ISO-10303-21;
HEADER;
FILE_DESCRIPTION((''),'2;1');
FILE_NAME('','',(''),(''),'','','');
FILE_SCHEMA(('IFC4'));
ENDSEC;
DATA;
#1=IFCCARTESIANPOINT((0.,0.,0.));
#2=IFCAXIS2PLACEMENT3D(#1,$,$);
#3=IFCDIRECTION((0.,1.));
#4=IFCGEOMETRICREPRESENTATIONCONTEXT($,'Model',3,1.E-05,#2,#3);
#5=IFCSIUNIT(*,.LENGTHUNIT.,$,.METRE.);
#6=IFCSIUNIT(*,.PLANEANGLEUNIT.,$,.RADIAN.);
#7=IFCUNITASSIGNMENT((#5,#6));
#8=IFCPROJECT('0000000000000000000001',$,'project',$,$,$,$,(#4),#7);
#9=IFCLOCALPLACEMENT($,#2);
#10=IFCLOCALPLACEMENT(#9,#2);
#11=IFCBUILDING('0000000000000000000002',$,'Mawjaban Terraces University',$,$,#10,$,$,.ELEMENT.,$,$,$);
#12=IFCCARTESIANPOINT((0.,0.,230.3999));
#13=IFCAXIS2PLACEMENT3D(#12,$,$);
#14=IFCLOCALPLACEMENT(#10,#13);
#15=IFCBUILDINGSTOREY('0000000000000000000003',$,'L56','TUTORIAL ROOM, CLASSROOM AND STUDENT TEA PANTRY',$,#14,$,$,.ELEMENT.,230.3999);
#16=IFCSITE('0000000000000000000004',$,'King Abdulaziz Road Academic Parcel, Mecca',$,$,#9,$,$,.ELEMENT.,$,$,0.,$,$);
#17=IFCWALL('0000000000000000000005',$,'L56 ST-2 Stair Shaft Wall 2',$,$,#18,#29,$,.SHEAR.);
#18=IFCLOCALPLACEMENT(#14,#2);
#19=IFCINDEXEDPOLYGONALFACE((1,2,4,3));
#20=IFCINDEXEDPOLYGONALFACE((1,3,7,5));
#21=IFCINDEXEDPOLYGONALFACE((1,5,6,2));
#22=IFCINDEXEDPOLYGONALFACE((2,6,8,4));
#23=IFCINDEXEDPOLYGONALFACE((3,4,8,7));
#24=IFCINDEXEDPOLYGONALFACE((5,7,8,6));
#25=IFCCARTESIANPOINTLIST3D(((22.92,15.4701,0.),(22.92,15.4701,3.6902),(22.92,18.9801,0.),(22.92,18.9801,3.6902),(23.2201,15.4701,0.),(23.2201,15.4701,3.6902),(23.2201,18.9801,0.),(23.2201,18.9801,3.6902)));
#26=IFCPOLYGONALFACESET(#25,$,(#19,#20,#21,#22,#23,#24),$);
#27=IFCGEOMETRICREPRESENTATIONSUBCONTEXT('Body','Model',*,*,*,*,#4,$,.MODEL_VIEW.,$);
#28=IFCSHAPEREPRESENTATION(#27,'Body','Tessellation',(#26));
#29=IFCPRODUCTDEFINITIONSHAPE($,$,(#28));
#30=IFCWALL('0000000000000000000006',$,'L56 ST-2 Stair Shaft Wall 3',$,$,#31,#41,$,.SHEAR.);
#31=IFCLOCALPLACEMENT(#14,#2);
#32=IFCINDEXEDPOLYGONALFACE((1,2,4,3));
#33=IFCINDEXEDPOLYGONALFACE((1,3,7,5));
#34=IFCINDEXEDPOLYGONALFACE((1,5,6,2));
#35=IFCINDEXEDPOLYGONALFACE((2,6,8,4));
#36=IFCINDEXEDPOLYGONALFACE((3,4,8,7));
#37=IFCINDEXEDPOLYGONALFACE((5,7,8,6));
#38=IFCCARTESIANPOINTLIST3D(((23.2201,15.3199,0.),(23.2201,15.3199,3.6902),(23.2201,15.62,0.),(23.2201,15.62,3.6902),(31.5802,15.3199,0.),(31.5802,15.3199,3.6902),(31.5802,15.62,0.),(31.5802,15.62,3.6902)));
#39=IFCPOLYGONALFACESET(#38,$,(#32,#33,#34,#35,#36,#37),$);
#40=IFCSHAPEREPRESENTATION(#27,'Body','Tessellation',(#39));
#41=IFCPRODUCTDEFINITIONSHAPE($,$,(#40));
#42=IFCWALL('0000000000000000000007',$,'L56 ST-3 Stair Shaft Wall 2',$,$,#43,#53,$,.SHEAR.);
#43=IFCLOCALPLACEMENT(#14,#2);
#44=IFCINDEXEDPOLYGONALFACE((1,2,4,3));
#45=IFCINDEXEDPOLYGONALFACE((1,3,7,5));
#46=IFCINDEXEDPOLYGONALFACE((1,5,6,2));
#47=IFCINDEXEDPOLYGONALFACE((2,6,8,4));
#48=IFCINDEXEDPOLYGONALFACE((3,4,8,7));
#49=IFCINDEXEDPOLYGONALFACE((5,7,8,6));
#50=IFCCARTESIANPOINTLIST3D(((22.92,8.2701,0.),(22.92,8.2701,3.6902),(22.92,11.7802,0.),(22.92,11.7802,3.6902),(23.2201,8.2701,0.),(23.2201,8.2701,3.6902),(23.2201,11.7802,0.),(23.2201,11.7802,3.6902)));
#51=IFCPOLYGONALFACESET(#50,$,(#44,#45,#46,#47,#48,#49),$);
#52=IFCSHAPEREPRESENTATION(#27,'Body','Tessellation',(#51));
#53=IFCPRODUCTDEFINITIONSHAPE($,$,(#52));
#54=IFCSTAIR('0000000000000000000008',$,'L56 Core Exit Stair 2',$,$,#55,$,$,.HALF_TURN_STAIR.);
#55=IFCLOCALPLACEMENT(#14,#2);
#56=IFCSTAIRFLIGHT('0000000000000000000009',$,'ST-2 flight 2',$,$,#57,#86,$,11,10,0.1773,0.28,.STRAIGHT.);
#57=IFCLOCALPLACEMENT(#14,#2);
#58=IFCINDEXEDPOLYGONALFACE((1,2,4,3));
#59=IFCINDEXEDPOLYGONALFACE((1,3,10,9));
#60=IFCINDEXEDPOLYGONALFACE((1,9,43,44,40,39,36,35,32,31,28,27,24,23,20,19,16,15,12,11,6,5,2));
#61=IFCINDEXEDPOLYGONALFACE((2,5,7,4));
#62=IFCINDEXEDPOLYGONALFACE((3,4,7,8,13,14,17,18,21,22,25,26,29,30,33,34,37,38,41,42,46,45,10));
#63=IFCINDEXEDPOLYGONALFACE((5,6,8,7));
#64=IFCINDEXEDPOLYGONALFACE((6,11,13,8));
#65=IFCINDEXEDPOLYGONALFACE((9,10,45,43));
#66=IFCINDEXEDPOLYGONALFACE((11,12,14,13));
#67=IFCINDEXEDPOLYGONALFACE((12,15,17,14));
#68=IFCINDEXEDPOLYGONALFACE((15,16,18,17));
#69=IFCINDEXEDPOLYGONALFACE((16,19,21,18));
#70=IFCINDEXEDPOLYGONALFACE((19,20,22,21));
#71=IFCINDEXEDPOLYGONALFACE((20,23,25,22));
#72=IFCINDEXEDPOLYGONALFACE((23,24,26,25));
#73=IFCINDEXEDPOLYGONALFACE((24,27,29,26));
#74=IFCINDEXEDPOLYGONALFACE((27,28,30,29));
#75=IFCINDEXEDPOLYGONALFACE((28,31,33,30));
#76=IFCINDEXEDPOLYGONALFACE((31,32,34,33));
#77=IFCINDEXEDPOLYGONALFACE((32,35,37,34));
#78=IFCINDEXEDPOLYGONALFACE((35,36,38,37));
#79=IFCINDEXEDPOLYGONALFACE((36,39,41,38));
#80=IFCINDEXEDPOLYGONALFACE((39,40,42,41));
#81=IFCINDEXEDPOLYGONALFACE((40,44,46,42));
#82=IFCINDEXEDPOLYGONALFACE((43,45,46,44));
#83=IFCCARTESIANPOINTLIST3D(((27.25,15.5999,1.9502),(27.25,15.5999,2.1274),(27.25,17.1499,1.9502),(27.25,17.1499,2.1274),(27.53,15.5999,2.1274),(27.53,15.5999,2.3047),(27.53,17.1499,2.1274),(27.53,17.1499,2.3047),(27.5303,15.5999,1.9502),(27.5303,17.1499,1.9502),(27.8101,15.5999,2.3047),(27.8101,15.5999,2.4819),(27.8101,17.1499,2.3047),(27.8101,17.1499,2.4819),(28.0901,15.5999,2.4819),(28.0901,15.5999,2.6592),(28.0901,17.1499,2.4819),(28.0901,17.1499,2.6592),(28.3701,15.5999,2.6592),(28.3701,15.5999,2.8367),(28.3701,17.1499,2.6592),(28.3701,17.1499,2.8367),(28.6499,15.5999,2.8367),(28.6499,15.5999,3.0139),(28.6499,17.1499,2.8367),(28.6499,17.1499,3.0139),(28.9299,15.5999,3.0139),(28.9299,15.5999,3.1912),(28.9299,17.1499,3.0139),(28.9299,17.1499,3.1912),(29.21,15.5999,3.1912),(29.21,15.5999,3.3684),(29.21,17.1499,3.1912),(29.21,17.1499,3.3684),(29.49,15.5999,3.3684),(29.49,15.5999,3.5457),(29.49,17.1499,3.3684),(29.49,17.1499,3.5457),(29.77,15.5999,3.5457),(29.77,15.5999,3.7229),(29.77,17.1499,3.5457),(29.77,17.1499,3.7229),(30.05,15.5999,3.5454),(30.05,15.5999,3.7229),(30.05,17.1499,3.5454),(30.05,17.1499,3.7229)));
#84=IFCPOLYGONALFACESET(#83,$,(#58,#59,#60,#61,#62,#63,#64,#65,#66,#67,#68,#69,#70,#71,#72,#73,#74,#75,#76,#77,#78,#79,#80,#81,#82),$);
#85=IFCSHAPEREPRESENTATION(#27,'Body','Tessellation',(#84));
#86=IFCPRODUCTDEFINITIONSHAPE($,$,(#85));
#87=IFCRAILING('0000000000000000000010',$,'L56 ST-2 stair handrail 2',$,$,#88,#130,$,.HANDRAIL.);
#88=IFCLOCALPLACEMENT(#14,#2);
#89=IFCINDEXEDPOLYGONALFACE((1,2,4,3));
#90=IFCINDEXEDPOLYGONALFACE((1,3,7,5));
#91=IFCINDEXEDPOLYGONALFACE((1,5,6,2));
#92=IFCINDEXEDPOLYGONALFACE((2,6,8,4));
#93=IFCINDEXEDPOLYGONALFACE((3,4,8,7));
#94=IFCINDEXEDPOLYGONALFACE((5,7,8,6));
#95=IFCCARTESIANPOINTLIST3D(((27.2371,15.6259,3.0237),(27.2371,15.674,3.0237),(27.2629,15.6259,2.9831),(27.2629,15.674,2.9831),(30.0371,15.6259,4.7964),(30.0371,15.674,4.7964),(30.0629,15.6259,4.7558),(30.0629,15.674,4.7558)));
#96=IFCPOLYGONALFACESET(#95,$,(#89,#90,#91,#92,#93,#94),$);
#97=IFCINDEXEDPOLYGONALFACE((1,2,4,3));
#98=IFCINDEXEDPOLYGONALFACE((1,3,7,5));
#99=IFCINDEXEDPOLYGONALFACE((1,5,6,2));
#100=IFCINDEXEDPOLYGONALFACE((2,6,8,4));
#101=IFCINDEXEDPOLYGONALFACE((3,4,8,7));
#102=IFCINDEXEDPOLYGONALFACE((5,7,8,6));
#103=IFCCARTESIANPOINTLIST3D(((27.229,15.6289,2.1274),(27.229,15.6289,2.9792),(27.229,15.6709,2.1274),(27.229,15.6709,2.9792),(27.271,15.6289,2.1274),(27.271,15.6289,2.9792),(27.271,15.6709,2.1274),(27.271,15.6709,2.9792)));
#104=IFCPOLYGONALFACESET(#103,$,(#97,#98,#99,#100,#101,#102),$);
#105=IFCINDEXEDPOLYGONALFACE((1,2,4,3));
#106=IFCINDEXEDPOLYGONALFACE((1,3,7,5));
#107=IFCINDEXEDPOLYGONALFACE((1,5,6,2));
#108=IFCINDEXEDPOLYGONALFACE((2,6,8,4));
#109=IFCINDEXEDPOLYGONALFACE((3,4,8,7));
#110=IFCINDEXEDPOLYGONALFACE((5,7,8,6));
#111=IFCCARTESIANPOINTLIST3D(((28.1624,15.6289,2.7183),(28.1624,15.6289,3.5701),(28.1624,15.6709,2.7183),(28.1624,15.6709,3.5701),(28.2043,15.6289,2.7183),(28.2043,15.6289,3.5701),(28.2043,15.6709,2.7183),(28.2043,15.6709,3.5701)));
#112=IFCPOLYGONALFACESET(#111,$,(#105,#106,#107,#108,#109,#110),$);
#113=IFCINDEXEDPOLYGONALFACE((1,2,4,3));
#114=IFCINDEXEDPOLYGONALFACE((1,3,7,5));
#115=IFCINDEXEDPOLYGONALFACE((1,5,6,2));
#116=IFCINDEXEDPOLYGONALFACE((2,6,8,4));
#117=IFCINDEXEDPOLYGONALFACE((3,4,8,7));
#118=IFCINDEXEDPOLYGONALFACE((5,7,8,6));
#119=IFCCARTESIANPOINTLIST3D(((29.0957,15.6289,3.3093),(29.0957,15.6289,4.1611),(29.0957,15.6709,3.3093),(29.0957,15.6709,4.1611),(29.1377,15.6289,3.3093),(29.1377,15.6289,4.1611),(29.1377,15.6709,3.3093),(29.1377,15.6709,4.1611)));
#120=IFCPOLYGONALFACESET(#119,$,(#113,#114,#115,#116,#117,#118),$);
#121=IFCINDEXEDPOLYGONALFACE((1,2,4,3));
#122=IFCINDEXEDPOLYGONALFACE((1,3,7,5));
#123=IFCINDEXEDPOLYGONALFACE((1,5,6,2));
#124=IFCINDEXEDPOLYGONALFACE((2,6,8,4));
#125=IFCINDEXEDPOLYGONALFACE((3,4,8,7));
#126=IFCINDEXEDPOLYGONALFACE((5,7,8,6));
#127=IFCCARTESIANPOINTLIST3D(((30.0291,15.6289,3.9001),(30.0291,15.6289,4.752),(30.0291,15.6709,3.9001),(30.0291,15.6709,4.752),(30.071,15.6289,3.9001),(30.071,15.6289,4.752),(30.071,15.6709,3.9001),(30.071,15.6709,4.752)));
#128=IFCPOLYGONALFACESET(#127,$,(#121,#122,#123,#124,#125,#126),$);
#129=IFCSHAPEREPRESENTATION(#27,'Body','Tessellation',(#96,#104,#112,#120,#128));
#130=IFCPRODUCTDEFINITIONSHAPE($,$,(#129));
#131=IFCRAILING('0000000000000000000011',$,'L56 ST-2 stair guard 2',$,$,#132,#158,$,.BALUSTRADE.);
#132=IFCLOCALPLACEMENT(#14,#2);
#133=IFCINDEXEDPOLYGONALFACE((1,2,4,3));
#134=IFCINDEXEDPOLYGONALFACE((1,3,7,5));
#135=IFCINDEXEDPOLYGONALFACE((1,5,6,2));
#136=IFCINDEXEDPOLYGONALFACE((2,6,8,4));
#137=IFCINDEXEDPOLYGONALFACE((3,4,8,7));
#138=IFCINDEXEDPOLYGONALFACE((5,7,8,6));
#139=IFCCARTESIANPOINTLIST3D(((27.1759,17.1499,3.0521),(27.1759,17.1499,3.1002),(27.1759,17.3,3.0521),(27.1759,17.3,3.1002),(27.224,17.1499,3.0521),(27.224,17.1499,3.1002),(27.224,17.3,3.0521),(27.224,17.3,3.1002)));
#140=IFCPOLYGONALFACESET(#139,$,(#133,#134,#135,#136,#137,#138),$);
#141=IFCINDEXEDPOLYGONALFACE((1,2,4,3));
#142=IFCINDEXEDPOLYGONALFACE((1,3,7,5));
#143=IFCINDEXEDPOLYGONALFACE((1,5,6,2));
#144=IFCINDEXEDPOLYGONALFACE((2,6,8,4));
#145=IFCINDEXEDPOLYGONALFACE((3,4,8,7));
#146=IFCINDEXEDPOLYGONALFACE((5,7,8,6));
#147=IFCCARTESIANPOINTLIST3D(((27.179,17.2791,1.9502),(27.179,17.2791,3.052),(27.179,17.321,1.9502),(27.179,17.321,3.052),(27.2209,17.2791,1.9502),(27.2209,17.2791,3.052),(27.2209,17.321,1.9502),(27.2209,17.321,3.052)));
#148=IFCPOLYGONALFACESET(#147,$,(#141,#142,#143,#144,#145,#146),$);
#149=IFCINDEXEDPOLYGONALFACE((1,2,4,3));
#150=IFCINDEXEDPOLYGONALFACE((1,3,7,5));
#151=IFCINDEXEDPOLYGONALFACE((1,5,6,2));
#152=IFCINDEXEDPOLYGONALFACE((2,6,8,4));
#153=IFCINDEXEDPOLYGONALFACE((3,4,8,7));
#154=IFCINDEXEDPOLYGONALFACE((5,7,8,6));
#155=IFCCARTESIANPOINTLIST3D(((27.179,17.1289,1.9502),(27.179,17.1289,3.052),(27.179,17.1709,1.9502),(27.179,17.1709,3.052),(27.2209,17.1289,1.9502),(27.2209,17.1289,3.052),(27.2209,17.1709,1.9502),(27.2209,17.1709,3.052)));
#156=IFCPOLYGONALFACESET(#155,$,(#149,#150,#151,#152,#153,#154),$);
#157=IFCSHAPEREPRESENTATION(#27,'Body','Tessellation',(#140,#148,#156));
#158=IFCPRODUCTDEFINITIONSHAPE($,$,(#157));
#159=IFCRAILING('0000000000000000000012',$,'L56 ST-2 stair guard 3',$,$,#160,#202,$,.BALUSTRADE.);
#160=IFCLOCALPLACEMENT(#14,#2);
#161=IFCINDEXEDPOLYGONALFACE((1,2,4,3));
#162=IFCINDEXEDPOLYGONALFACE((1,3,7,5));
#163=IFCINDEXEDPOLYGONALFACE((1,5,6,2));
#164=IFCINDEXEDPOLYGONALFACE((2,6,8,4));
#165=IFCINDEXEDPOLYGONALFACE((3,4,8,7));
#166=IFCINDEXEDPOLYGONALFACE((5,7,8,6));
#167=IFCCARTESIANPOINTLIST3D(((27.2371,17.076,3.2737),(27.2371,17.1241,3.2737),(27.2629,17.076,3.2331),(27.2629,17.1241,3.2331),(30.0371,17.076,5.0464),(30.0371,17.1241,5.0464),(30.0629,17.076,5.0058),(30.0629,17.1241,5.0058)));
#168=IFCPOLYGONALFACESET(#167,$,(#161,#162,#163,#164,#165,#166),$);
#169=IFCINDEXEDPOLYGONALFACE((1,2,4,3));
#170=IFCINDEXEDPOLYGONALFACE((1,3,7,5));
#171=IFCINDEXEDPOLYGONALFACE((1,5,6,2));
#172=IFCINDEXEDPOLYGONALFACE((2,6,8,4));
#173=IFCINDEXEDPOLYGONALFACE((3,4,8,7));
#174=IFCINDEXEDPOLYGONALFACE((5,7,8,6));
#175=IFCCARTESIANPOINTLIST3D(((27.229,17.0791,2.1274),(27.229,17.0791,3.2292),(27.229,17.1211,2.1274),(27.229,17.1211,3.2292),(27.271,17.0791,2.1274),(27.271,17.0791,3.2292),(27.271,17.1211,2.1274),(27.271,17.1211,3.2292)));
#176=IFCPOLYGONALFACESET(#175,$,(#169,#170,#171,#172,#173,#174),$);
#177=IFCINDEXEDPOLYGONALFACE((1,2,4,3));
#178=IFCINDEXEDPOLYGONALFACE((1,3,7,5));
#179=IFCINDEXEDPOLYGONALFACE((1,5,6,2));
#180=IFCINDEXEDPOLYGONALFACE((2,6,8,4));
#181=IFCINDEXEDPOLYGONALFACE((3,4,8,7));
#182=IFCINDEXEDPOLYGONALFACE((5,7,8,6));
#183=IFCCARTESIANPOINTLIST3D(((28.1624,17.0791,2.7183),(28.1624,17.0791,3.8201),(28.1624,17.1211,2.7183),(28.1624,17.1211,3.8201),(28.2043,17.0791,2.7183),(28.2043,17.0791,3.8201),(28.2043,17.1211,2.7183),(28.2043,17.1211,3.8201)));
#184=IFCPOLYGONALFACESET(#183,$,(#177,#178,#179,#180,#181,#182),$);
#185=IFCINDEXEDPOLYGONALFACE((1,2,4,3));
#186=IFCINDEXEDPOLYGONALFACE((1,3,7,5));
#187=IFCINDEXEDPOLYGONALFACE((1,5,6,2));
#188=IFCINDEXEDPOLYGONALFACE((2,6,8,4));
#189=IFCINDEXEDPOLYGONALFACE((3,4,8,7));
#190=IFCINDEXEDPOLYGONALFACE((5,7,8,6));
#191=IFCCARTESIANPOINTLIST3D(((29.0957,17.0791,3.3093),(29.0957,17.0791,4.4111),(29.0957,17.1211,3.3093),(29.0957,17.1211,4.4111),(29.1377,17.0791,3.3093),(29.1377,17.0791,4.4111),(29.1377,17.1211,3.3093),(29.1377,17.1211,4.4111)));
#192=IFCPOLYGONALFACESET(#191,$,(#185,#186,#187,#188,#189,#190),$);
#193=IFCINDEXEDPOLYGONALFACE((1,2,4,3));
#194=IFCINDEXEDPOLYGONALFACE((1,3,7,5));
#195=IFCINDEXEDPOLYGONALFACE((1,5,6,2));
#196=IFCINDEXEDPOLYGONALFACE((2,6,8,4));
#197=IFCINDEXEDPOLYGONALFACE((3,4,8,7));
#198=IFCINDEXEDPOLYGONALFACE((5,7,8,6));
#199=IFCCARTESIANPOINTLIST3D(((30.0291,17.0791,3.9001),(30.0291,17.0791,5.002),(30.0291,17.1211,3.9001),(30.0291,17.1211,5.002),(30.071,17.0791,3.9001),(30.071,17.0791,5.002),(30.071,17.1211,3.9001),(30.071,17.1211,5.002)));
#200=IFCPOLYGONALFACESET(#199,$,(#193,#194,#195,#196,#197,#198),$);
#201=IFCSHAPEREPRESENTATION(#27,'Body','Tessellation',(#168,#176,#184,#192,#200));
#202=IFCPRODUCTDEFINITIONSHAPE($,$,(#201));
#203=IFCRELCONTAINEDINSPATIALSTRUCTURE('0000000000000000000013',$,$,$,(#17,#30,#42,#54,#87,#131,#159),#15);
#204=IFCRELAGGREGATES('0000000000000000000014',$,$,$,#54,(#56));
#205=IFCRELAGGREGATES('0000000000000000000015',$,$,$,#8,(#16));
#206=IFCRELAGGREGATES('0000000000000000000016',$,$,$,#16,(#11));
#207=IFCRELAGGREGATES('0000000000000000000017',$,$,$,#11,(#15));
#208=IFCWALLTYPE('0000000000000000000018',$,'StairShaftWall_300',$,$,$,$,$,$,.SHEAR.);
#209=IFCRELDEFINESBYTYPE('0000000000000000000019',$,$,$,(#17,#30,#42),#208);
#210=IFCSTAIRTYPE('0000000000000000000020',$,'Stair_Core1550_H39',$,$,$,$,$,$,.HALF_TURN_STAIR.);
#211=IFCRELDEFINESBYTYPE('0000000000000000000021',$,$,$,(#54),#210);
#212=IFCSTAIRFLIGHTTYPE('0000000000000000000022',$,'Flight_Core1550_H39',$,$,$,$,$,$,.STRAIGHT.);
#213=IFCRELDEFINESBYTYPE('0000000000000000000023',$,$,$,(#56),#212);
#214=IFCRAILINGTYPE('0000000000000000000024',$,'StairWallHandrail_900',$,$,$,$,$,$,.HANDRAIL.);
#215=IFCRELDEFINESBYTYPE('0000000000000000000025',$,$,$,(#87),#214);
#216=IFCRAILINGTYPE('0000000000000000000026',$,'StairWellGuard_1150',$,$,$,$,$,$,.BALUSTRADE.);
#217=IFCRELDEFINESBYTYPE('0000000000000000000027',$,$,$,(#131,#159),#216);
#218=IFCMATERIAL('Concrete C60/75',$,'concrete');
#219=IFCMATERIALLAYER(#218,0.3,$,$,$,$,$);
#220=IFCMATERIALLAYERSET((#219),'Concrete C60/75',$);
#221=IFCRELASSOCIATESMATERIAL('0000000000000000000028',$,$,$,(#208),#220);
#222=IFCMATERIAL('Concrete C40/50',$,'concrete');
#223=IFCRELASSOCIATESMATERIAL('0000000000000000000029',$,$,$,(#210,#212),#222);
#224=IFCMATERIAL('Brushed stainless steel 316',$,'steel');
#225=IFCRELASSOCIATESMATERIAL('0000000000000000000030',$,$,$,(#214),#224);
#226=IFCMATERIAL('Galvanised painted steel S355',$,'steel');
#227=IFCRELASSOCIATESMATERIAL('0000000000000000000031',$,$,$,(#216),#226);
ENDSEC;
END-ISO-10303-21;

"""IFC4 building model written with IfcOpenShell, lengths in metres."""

from ifc_helpers import new_model, si_unit, direction, frame, frame_2d, origin, origin_2d, place, context, subcontext, project, spatial, polyline, rectangle, outline, extrude, material, layer, layer_set, type_object, element, aggregate, save


model = new_model("IFC4")

# Units and contexts
model_context = context("Model", 3, precision=1e-05, world=origin(), true_north=direction((0.0, 1.0)))
body_context = subcontext(model_context, "Body", "Model", "MODEL_VIEW")
ifc_project = project(units=[si_unit("LENGTHUNIT", "METRE"), si_unit("PLANEANGLEUNIT", "RADIAN")], contexts=[model_context])

# Site, building, storey
site_placement = place(None, origin())
site = spatial("IfcSite", under=ifc_project, at=site_placement, Name="King Abdulaziz Road Academic Parcel, Mecca", CompositionType="ELEMENT", RefElevation=0.0)
building_placement = place(site_placement, origin())
building = spatial("IfcBuilding", under=site, at=building_placement, Name="Mawjaban Terraces University", CompositionType="ELEMENT")
storey_placement = place(building_placement, frame((0.0, 0.0, 230.3999)))
storey = spatial("IfcBuildingStorey", under=building, at=storey_placement, Name="L56", Description="TUTORIAL ROOM, CLASSROOM AND STUDENT TEA PANTRY", CompositionType="ELEMENT", Elevation=230.3999)

# Shared definitions
ifc_material_1 = material(Name="Concrete C60/75", Category="concrete")

# Walls
ifc_material_2 = material(Name="Concrete C40/50", Category="concrete")
ifc_layer_1 = layer(ifc_material_1, 0.3)
ifc_layer_set_1 = layer_set([ifc_layer_1], Name="Concrete C60/75")
wall_type_1 = type_object("IfcWallType", Name="StairShaftWall_300", PredefinedType="SHEAR", material=ifc_layer_set_1)
wall_1_placement = place(storey_placement, frame((23.0701, 18.98, 0.0), z_axis=(0.0, 0.0, 1.0), x_axis=(0.0, -1.0, 0.0)))
element("IfcWall", 1, at=wall_1_placement, inside=storey, type_object=wall_type_1, Name="L56 ST-2 Stair Shaft Wall 2", PredefinedType="SHEAR", context=body_context, shape_type="SweptSolid", body=[
    extrude(rectangle(XDim=3.51, YDim=0.3, at=frame_2d((1.7549, 0.0))), origin(), (0.0, 0.0, 1.0), 3.6902),
])
wall_2_placement = place(storey_placement, frame((23.22, 15.47, 0.0), z_axis=(0.0, 0.0, 1.0), x_axis=(1.0, 0.0, 0.0)))
element("IfcWall", 2, at=wall_2_placement, inside=storey, type_object=wall_type_1, Name="L56 ST-2 Stair Shaft Wall 3", PredefinedType="SHEAR", context=body_context, shape_type="SweptSolid", body=[
    extrude(rectangle(XDim=8.3601, YDim=0.3, at=frame_2d((4.1802, 0.0))), origin(), (0.0, 0.0, 1.0), 3.6902),
])
wall_3_placement = place(storey_placement, frame((23.0701, 11.78, 0.0), z_axis=(0.0, 0.0, 1.0), x_axis=(0.0, -1.0, 0.0)))
element("IfcWall", 3, at=wall_3_placement, inside=storey, type_object=wall_type_1, Name="L56 ST-3 Stair Shaft Wall 2", PredefinedType="SHEAR", context=body_context, shape_type="SweptSolid", body=[
    extrude(rectangle(XDim=3.51, YDim=0.3, at=frame_2d((1.7549, 0.0))), origin(), (0.0, 0.0, 1.0), 3.6902),
])

# Stair, stair flight
stair_type = type_object("IfcStairType", Name="Stair_Core1550_H39", PredefinedType="HALF_TURN_STAIR", material=ifc_material_2)
stair_placement = place(storey_placement, origin())
stair = element("IfcStair", 4, at=stair_placement, inside=storey, type_object=stair_type, Name="L56 Core Exit Stair 2", PredefinedType="HALF_TURN_STAIR")
stair_flight_type = type_object("IfcStairFlightType", Name="Flight_Core1550_H39", PredefinedType="STRAIGHT", material=ifc_material_2)
stair_flight_placement = place(storey_placement, frame((27.25, 16.375, 1.9502), z_axis=(0.0, 0.0, 1.0), x_axis=(1.0, 0.0, 0.0)))
stair_flight = element("IfcStairFlight", 5, at=stair_flight_placement, type_object=stair_flight_type, Name="ST-2 flight 2", NumberOfRisers=11, NumberOfTreads=10, PredefinedType="STRAIGHT", RiserHeight=0.1773, TreadLength=0.28, context=body_context, shape_type="SweptSolid", body=[
    extrude(outline(polyline([(0.0, 0.0), (0.0, 0.1772), (0.28, 0.1772), (0.28, 0.3545), (0.5601, 0.3545), (0.5601, 0.5317), (0.8401, 0.5317), (0.8401, 0.709), (1.1201, 0.709), (1.1201, 0.8865), (1.3999, 0.8865), (1.3999, 1.0637), (1.6799, 1.0637), (1.6799, 1.241), (1.96, 1.241), (1.96, 1.4182), (2.24, 1.4182), (2.24, 1.5955), (2.52, 1.5955), (2.52, 1.7727), (2.8, 1.7727), (2.8, 1.95), (2.8, 1.5952), (0.2803, 0.0), (0.0, 0.0)])), frame((0.0, 0.7749, 0.0), z_axis=(0.0, -1.0, 0.0), x_axis=(1.0, 0.0, 0.0)), (0.0, 0.0, 1.0), 1.55),
])
aggregate(stair, [stair_flight])

# Railings
ifc_material_3 = material(Name="Brushed stainless steel 316", Category="steel")
railing_type_1 = type_object("IfcRailingType", Name="StairWallHandrail_900", PredefinedType="HANDRAIL", material=ifc_material_3)
railing_1_placement = place(storey_placement, frame((27.25, 15.6499, 2.1274)))
element("IfcRailing", 6, at=railing_1_placement, inside=storey, type_object=railing_type_1, Name="L56 ST-2 stair handrail 2", PredefinedType="HANDRAIL", context=body_context, shape_type="SweptSolid", body=[
    extrude(rectangle(XDim=0.0481, YDim=0.0481, at=origin_2d()), frame((0.0, 0.0, 0.876), z_axis=(0.844909, 0.0, 0.53491), x_axis=(0.0, 1.0, 0.0)), (0.0, 0.0, 1.0), 3.314),
    extrude(rectangle(XDim=0.042, YDim=0.042, at=origin_2d()), origin(), (0.0, 0.0, 1.0), 0.8518),
    extrude(rectangle(XDim=0.042, YDim=0.042, at=origin_2d()), frame((0.9333, 0.0, 0.5908)), (0.0, 0.0, 1.0), 0.8518),
    extrude(rectangle(XDim=0.042, YDim=0.042, at=origin_2d()), frame((1.8667, 0.0, 1.1819)), (0.0, 0.0, 1.0), 0.8518),
    extrude(rectangle(XDim=0.042, YDim=0.042, at=origin_2d()), frame((2.8, 0.0, 1.7727)), (0.0, 0.0, 1.0), 0.8518),
])
ifc_material_4 = material(Name="Galvanised painted steel S355", Category="steel")
railing_type_2 = type_object("IfcRailingType", Name="StairWellGuard_1150", PredefinedType="BALUSTRADE", material=ifc_material_4)
railing_2_placement = place(storey_placement, frame((27.2, 17.3, 1.9502)))
element("IfcRailing", 7, at=railing_2_placement, inside=storey, type_object=railing_type_2, Name="L56 ST-2 stair guard 2", PredefinedType="BALUSTRADE", context=body_context, shape_type="SweptSolid", body=[
    extrude(rectangle(XDim=0.0481, YDim=0.0481, at=origin_2d()), frame((0.0, 0.0, 1.126), z_axis=(0.0, -1.0, 0.0), x_axis=(1.0, 0.0, 0.0)), (0.0, 0.0, 1.0), 0.1501),
    extrude(rectangle(XDim=0.042, YDim=0.042, at=origin_2d()), origin(), (0.0, 0.0, 1.0), 1.1018),
    extrude(rectangle(XDim=0.042, YDim=0.042, at=origin_2d()), frame((0.0, -0.1501, 0.0)), (0.0, 0.0, 1.0), 1.1018),
])
railing_3_placement = place(storey_placement, frame((27.25, 17.1001, 2.1274)))
element("IfcRailing", 8, at=railing_3_placement, inside=storey, type_object=railing_type_2, Name="L56 ST-2 stair guard 3", PredefinedType="BALUSTRADE", context=body_context, shape_type="SweptSolid", body=[
    extrude(rectangle(XDim=0.0481, YDim=0.0481, at=origin_2d()), frame((0.0, 0.0, 1.126), z_axis=(0.844909, 0.0, 0.53491), x_axis=(0.0, 1.0, 0.0)), (0.0, 0.0, 1.0), 3.314),
    extrude(rectangle(XDim=0.042, YDim=0.042, at=origin_2d()), origin(), (0.0, 0.0, 1.0), 1.1018),
    extrude(rectangle(XDim=0.042, YDim=0.042, at=origin_2d()), frame((0.9333, 0.0, 0.5908)), (0.0, 0.0, 1.0), 1.1018),
    extrude(rectangle(XDim=0.042, YDim=0.042, at=origin_2d()), frame((1.8667, 0.0, 1.1819)), (0.0, 0.0, 1.0), 1.1018),
    extrude(rectangle(XDim=0.042, YDim=0.042, at=origin_2d()), frame((2.8, 0.0, 1.7727)), (0.0, 0.0, 1.0), 1.1018),
])

save(model, "model.ifc")
